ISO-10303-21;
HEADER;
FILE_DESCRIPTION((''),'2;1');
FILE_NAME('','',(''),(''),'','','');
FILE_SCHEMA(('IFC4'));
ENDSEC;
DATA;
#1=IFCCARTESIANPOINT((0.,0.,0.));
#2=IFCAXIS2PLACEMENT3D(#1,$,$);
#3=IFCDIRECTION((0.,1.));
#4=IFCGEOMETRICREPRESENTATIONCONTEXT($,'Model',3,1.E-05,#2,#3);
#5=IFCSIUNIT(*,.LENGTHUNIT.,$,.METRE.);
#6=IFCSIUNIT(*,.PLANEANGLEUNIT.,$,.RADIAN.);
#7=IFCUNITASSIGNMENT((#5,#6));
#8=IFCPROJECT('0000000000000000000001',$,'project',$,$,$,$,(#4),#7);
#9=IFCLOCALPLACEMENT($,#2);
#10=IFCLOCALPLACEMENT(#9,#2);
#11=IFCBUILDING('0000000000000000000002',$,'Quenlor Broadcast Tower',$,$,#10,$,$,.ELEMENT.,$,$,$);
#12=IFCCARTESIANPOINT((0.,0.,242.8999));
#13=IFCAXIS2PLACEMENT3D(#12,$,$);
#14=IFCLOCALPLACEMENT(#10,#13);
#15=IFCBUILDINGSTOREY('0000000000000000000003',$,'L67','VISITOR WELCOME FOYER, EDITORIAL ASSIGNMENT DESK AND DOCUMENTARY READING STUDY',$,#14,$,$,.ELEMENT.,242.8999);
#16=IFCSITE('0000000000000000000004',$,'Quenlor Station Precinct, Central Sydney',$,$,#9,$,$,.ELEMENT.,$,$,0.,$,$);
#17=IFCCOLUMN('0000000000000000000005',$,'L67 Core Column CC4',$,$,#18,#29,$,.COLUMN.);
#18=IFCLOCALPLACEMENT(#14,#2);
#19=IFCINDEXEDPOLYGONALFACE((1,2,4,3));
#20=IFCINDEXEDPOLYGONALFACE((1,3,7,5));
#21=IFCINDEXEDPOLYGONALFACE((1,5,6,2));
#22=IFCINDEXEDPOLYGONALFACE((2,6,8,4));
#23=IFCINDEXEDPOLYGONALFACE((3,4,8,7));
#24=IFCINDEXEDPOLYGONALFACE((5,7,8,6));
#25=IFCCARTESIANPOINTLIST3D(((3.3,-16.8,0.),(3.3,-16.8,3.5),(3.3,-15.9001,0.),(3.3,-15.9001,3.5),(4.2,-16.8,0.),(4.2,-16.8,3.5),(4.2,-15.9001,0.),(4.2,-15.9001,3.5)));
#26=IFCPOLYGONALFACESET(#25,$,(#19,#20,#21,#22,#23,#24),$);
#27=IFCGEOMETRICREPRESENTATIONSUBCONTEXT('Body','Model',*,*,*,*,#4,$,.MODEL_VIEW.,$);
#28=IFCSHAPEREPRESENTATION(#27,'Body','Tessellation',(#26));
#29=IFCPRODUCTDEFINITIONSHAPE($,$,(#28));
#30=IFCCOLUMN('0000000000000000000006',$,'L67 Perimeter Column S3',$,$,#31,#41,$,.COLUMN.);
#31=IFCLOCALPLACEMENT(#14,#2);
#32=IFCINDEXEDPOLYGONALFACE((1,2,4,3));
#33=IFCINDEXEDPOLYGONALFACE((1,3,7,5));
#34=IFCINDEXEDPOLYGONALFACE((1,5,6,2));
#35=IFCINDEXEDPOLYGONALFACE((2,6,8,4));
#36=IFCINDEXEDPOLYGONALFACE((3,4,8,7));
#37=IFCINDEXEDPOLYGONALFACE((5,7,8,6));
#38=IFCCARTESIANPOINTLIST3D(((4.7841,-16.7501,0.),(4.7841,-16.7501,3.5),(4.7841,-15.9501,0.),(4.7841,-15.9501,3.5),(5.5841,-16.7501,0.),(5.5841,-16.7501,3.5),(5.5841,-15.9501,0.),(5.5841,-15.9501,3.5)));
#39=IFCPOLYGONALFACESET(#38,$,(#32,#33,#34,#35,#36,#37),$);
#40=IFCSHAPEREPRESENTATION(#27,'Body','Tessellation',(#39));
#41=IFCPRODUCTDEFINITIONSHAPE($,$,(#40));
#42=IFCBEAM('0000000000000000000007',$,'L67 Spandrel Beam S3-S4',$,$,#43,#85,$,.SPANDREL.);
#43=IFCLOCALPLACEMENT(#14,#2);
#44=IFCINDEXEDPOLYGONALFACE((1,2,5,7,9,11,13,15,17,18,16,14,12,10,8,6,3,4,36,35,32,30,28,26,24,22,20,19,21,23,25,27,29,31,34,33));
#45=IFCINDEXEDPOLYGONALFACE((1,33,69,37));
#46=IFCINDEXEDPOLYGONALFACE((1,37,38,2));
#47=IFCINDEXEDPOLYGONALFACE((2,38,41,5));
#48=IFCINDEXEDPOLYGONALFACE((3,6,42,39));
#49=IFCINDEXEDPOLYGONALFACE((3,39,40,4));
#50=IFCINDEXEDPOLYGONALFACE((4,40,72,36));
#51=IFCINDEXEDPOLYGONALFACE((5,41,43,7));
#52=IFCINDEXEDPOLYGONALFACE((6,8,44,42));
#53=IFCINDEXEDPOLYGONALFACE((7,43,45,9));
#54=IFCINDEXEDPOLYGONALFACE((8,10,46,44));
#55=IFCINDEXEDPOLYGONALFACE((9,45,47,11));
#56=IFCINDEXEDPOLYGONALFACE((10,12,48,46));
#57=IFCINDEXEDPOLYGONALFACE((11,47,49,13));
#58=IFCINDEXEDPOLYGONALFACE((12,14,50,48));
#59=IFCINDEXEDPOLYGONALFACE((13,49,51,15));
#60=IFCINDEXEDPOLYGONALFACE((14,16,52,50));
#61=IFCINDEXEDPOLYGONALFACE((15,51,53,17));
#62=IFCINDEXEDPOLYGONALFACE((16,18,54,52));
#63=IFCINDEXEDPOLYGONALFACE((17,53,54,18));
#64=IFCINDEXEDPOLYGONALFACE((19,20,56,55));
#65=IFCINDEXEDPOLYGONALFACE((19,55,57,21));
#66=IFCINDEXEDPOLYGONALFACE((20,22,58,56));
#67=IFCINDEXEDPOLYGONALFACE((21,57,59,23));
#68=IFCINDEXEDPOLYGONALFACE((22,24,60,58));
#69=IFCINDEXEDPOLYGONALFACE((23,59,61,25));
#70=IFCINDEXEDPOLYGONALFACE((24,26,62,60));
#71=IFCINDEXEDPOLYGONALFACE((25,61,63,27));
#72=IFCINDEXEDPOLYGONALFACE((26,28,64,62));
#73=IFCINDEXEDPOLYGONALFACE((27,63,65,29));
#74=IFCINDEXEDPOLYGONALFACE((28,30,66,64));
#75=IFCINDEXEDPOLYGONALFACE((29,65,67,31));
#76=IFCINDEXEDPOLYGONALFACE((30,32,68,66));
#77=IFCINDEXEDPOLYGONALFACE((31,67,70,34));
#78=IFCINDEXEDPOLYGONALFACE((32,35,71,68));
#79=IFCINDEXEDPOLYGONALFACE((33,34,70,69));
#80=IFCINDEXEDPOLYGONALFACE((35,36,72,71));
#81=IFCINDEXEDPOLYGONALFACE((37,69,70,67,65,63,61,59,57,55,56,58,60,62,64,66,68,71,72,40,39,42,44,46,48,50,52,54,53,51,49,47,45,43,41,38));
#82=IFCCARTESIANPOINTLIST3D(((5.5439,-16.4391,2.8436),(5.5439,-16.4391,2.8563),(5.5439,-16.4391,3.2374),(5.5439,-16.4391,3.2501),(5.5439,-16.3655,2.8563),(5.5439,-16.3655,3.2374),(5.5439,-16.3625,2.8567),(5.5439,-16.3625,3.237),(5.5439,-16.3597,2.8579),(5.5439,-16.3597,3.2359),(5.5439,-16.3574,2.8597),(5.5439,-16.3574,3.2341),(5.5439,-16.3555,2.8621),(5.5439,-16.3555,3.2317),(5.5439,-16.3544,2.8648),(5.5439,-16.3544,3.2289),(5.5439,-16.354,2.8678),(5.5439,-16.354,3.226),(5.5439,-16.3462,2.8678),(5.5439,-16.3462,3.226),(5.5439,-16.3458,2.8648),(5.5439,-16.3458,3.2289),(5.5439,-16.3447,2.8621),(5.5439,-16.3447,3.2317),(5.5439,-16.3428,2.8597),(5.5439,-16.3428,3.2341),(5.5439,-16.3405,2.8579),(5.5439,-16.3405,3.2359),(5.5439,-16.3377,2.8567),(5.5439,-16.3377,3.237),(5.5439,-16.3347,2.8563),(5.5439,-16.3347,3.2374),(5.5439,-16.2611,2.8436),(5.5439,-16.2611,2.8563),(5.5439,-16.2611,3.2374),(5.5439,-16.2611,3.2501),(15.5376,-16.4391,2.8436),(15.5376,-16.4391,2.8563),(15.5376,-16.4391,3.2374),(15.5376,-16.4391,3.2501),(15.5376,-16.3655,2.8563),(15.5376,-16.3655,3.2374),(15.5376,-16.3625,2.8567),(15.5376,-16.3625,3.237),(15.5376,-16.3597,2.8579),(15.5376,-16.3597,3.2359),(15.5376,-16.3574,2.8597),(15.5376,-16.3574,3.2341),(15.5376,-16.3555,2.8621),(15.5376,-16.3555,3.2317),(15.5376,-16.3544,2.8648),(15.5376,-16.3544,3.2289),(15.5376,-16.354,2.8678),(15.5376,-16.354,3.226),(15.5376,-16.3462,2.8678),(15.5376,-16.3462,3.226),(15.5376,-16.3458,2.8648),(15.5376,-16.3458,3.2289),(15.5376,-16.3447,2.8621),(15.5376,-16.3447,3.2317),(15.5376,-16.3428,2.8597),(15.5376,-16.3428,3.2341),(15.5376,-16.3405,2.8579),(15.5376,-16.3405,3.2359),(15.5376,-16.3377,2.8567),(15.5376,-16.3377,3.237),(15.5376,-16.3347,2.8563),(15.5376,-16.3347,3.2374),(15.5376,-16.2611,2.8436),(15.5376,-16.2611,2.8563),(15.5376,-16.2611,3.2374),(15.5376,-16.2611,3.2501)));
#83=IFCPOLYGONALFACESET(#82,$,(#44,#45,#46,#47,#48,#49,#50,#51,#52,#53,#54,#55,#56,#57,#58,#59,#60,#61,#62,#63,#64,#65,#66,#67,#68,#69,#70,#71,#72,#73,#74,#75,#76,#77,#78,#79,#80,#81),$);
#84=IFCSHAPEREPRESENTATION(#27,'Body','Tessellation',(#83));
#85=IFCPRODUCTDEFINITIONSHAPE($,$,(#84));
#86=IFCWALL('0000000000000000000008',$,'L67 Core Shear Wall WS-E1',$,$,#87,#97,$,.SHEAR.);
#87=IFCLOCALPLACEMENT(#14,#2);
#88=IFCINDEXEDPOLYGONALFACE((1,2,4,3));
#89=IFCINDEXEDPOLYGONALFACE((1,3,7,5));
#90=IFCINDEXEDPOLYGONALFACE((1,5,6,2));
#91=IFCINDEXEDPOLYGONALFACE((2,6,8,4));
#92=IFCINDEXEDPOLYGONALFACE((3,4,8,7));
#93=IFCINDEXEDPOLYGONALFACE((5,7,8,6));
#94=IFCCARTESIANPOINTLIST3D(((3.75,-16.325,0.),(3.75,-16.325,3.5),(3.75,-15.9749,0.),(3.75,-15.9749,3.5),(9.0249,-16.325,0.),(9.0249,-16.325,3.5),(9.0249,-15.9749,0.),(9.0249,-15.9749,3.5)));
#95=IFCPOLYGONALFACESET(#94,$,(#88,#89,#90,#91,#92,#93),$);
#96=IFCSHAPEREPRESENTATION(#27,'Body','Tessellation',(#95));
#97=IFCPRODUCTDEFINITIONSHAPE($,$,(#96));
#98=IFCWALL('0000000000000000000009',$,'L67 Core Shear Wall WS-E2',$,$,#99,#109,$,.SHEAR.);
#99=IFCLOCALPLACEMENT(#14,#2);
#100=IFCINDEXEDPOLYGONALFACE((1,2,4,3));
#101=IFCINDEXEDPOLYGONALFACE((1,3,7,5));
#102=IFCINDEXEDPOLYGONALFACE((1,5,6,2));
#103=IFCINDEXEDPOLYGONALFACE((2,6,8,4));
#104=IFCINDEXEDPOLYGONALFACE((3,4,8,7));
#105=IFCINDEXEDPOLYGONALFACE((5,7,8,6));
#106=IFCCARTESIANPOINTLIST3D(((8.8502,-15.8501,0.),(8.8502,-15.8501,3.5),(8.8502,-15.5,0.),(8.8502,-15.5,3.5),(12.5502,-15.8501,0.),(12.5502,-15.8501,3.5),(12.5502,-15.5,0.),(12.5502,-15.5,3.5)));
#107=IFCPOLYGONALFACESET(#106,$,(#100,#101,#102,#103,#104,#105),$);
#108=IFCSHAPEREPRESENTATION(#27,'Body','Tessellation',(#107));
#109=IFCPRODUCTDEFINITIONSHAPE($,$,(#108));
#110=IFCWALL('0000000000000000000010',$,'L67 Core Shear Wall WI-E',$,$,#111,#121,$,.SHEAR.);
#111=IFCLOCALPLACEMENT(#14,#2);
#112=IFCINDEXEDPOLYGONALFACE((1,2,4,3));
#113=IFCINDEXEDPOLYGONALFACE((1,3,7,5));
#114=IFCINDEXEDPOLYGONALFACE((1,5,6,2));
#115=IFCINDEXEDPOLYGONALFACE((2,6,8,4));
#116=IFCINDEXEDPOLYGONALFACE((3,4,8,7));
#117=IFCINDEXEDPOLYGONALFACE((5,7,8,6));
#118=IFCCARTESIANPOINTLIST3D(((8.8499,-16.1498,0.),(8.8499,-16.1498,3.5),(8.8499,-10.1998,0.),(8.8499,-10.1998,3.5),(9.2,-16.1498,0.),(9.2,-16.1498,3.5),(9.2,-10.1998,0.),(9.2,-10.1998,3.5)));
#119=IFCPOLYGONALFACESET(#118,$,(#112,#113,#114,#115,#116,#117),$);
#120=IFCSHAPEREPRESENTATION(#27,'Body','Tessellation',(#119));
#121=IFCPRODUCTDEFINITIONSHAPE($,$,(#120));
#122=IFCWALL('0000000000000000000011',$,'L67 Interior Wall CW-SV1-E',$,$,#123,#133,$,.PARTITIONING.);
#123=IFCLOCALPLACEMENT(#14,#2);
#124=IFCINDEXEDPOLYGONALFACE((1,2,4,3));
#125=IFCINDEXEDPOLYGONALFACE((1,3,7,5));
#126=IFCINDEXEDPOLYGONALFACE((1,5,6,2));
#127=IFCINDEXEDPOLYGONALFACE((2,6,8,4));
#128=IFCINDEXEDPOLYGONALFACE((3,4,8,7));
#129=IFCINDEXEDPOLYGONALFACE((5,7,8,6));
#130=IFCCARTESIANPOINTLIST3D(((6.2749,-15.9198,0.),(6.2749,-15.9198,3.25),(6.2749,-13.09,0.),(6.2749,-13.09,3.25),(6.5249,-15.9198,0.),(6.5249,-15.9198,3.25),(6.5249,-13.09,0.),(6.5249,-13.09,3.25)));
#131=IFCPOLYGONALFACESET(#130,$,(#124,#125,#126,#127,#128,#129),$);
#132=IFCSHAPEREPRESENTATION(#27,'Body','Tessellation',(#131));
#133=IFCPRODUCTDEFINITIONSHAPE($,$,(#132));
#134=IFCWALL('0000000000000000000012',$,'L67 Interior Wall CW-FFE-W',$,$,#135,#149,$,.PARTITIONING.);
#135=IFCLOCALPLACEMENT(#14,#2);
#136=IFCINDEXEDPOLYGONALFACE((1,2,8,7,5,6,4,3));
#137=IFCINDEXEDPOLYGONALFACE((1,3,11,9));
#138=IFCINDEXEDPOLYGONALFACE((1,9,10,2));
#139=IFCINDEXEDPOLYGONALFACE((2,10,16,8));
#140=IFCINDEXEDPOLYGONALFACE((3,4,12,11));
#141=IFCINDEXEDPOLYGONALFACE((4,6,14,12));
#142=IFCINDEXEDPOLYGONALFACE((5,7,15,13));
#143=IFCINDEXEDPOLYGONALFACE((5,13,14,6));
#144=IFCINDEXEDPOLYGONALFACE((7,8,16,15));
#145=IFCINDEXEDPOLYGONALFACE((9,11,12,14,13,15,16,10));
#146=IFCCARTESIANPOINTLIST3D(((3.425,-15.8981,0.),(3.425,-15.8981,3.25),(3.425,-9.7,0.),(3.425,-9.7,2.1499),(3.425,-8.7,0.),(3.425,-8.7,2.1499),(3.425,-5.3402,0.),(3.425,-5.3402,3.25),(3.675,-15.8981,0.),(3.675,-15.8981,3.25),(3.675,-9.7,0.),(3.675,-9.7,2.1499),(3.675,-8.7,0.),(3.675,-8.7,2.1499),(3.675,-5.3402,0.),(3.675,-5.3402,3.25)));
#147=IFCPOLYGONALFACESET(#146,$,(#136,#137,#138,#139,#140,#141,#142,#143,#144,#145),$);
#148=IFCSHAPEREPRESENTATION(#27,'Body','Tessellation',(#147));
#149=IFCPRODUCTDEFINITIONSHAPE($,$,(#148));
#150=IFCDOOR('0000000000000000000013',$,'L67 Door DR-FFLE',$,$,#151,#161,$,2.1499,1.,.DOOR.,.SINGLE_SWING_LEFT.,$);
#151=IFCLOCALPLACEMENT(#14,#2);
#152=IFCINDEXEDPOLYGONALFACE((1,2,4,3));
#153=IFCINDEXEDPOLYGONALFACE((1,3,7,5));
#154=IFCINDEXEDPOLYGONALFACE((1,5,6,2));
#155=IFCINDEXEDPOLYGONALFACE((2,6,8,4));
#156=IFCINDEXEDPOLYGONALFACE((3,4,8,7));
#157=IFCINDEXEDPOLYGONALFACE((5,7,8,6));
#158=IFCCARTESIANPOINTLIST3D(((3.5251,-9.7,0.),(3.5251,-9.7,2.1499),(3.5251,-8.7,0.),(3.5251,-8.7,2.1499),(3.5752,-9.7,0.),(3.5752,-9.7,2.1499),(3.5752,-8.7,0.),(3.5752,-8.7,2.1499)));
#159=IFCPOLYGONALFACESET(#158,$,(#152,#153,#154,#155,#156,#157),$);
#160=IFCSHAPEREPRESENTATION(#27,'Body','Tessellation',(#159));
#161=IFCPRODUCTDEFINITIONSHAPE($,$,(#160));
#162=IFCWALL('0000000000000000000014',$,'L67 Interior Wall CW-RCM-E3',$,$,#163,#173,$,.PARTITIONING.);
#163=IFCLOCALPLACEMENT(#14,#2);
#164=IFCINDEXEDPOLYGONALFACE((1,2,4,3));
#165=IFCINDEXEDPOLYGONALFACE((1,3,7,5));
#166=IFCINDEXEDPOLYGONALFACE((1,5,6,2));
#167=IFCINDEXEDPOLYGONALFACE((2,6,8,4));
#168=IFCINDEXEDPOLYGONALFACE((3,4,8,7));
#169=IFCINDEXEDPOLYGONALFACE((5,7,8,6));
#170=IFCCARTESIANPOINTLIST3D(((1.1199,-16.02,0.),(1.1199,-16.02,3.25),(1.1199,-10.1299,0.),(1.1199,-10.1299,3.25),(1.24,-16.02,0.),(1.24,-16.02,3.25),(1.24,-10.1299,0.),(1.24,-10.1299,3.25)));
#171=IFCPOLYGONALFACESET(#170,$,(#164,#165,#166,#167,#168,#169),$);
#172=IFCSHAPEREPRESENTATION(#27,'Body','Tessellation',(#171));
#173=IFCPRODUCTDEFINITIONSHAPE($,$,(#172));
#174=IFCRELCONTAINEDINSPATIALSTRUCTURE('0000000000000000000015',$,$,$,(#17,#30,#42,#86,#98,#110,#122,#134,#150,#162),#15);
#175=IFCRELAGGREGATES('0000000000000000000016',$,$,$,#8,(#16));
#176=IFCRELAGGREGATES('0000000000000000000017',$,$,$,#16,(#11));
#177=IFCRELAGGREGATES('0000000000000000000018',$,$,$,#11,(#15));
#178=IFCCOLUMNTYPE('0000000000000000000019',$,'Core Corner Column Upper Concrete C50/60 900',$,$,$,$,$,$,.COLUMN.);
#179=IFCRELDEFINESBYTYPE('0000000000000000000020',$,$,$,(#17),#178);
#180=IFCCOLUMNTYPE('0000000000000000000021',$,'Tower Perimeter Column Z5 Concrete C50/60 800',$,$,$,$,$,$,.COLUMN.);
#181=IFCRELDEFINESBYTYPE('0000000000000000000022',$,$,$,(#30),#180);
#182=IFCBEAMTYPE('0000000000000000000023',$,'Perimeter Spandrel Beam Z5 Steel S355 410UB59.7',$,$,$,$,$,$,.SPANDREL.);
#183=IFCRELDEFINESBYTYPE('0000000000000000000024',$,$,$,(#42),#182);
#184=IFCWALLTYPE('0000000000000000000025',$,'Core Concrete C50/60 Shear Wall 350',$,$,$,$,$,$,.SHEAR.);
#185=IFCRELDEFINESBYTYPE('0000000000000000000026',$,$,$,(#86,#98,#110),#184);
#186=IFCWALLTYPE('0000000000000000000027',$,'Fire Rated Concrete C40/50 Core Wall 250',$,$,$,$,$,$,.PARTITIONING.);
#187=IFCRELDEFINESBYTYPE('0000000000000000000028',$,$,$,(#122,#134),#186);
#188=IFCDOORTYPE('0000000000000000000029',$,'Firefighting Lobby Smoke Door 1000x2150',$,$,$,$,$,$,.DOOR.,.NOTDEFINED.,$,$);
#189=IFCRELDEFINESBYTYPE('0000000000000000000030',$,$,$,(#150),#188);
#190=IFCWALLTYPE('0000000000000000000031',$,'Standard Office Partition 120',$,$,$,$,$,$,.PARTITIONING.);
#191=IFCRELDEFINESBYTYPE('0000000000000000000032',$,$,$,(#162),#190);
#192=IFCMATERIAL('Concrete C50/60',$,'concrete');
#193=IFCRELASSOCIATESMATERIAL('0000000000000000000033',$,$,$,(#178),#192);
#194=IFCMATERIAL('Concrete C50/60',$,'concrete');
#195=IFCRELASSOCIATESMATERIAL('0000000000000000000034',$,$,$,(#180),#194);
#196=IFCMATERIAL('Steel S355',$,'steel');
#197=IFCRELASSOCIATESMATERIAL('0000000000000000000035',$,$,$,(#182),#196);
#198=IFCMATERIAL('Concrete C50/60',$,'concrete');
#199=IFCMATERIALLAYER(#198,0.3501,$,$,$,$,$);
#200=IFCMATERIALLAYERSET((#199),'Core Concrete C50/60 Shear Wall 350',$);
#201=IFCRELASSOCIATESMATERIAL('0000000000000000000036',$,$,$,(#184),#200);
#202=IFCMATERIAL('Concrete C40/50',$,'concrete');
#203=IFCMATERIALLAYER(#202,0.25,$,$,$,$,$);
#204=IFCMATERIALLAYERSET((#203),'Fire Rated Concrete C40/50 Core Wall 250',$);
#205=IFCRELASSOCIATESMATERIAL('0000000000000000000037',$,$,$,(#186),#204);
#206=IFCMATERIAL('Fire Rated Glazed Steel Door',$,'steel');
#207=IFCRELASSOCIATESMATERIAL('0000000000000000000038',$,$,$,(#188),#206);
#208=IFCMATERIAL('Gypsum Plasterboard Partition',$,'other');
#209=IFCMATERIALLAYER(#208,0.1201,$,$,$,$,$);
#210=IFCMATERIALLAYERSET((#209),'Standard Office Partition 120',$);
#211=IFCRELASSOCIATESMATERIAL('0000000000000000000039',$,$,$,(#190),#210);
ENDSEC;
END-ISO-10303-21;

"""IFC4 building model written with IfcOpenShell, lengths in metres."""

from ifc_helpers import new_model, si_unit, direction, frame, frame_2d, origin, origin_2d, place, context, subcontext, project, spatial, rectangle, i_section, extrude, material, layer, layer_set, material_profile, profile_set, type_object, element, fill, save


model = new_model("IFC4")

# Units and contexts
model_context = context("Model", 3, precision=1e-05, world=origin(), true_north=direction((0.0, 1.0)))
body_context = subcontext(model_context, "Body", "Model", "MODEL_VIEW")
ifc_project = project(units=[si_unit("LENGTHUNIT", "METRE"), si_unit("PLANEANGLEUNIT", "RADIAN")], contexts=[model_context])

# Site, building, storey
site_placement = place(None, origin())
site = spatial("IfcSite", under=ifc_project, at=site_placement, Name="Quenlor Station Precinct, Central Sydney", CompositionType="ELEMENT", RefElevation=0.0)
building_placement = place(site_placement, origin())
building = spatial("IfcBuilding", under=site, at=building_placement, Name="Quenlor Broadcast Tower", CompositionType="ELEMENT")
storey_placement = place(building_placement, frame((0.0, 0.0, 242.8999)))
storey = spatial("IfcBuildingStorey", under=building, at=storey_placement, Name="L67", Description="VISITOR WELCOME FOYER, EDITORIAL ASSIGNMENT DESK AND DOCUMENTARY READING STUDY", CompositionType="ELEMENT", Elevation=242.8999)

# Columns
ifc_material_1 = material(Name="Concrete C50/60", Category="concrete")
ifc_material_profile_1 = material_profile(ifc_material_1, rectangle(XDim=0.8999, YDim=0.8999, at=origin_2d()))
ifc_profile_set_1 = profile_set([ifc_material_profile_1], Name="Concrete C50/60 RC900x900")
column_type_1 = type_object("IfcColumnType", Name="Core Corner Column Upper Concrete C50/60 900", PredefinedType="COLUMN", material=ifc_profile_set_1)
column_1_placement = place(storey_placement, frame((3.75, -16.3501, 0.0), z_axis=(0.0, 0.0, 1.0), x_axis=(1.0, 0.0, 0.0)))
element("IfcColumn", 1, at=column_1_placement, inside=storey, type_object=column_type_1, Name="L67 Core Column CC4", PredefinedType="COLUMN", context=body_context, shape_type="SweptSolid", body=[
    extrude(rectangle(XDim=0.8999, YDim=0.8999, at=origin_2d()), origin(), (0.0, 0.0, 1.0), 3.5),
])
ifc_material_2 = material(Name="Concrete C50/60", Category="concrete")
ifc_material_profile_2 = material_profile(ifc_material_2, rectangle(XDim=0.8, YDim=0.8, at=origin_2d()))
ifc_profile_set_2 = profile_set([ifc_material_profile_2], Name="Concrete C50/60 RC800x800")
column_type_2 = type_object("IfcColumnType", Name="Tower Perimeter Column Z5 Concrete C50/60 800", PredefinedType="COLUMN", material=ifc_profile_set_2)
column_2_placement = place(storey_placement, frame((5.1841, -16.3501, 0.0), z_axis=(0.0, 0.0, 1.0), x_axis=(0.0, 1.0, 0.0)))
element("IfcColumn", 2, at=column_2_placement, inside=storey, type_object=column_type_2, Name="L67 Perimeter Column S3", PredefinedType="COLUMN", context=body_context, shape_type="SweptSolid", body=[
    extrude(rectangle(XDim=0.8, YDim=0.8, at=origin_2d()), origin(), (0.0, 0.0, 1.0), 3.5),
])

# Beam
ifc_material_3 = material(Name="Steel S355", Category="steel")
ifc_material_profile_3 = material_profile(ifc_material_3, i_section(OverallWidth=0.178, OverallDepth=0.4065, WebThickness=0.0078, FlangeThickness=0.0127, FilletRadius=0.0115, at=origin_2d()))
ifc_profile_set_3 = profile_set([ifc_material_profile_3], Name="Steel S355 410UB59.7")
beam_type = type_object("IfcBeamType", Name="Perimeter Spandrel Beam Z5 Steel S355 410UB59.7", PredefinedType="SPANDREL", material=ifc_profile_set_3)
beam_placement = place(storey_placement, frame((5.5439, -16.3501, 3.0469), z_axis=(1.0, 0.0, 0.0), x_axis=(0.0, 1.0, 0.0)))
element("IfcBeam", 3, at=beam_placement, inside=storey, type_object=beam_type, Name="L67 Spandrel Beam S3-S4", PredefinedType="SPANDREL", context=body_context, shape_type="SweptSolid", body=[
    extrude(i_section(OverallWidth=0.178, OverallDepth=0.4065, WebThickness=0.0078, FlangeThickness=0.0127, FilletRadius=0.0115, at=origin_2d()), origin(), (0.0, 0.0, 1.0), 9.9937),
])

# Walls
ifc_material_4 = material(Name="Concrete C50/60", Category="concrete")
ifc_layer_1 = layer(ifc_material_4, 0.3501)
ifc_layer_set_1 = layer_set([ifc_layer_1], Name="Core Concrete C50/60 Shear Wall 350")
wall_type_1 = type_object("IfcWallType", Name="Core Concrete C50/60 Shear Wall 350", PredefinedType="SHEAR", material=ifc_layer_set_1)
wall_1_placement = place(storey_placement, frame((3.75, -16.1499, 0.0), z_axis=(0.0, 0.0, 1.0), x_axis=(1.0, 0.0, 0.0)))
element("IfcWall", 4, at=wall_1_placement, inside=storey, type_object=wall_type_1, Name="L67 Core Shear Wall WS-E1", PredefinedType="SHEAR", context=body_context, shape_type="SweptSolid", body=[
    extrude(rectangle(XDim=5.2749, YDim=0.3501, at=frame_2d((2.6375, 0.0))), origin(), (0.0, 0.0, 1.0), 3.5),
])
wall_2_placement = place(storey_placement, frame((8.8501, -15.675, 0.0), z_axis=(0.0, 0.0, 1.0), x_axis=(1.0, 0.0, 0.0)))
element("IfcWall", 5, at=wall_2_placement, inside=storey, type_object=wall_type_1, Name="L67 Core Shear Wall WS-E2", PredefinedType="SHEAR", context=body_context, shape_type="SweptSolid", body=[
    extrude(rectangle(XDim=3.7, YDim=0.3501, at=frame_2d((1.8501, 0.0))), origin(), (0.0, 0.0, 1.0), 3.5),
])
wall_3_placement = place(storey_placement, frame((9.0249, -16.1499, 0.0), z_axis=(0.0, 0.0, 1.0), x_axis=(0.0, 1.0, 0.0)))
element("IfcWall", 6, at=wall_3_placement, inside=storey, type_object=wall_type_1, Name="L67 Core Shear Wall WI-E", PredefinedType="SHEAR", context=body_context, shape_type="SweptSolid", body=[
    extrude(rectangle(XDim=5.95, YDim=0.3501, at=frame_2d((2.9751, 0.0))), origin(), (0.0, 0.0, 1.0), 3.5),
])

# Shared definitions
ifc_material_5 = material(Name="Concrete C40/50", Category="concrete")
ifc_layer_2 = layer(ifc_material_5, 0.25)
ifc_layer_set_2 = layer_set([ifc_layer_2], Name="Fire Rated Concrete C40/50 Core Wall 250")
wall_type_2 = type_object("IfcWallType", Name="Fire Rated Concrete C40/50 Core Wall 250", PredefinedType="PARTITIONING", material=ifc_layer_set_2)

# Wall
wall_4_placement = place(storey_placement, frame((6.3999, -15.9199, 0.0), z_axis=(0.0, 0.0, 1.0), x_axis=(0.0, 1.0, 0.0)))
element("IfcWall", 7, at=wall_4_placement, inside=storey, type_object=wall_type_2, Name="L67 Interior Wall CW-SV1-E", PredefinedType="PARTITIONING", context=body_context, shape_type="SweptSolid", body=[
    extrude(rectangle(XDim=2.8298, YDim=0.25, at=frame_2d((1.415, 0.0))), origin(), (0.0, 0.0, 1.0), 3.25),
])

# Wall, opening, door
wall_5_placement = place(storey_placement, frame((3.55, -15.8979, 0.0), z_axis=(0.0, 0.0, 1.0), x_axis=(0.0, 1.0, 0.0)))
wall_5 = element("IfcWall", 8, at=wall_5_placement, inside=storey, type_object=wall_type_2, Name="L67 Interior Wall CW-FFE-W", PredefinedType="PARTITIONING", context=body_context, shape_type="SweptSolid", body=[
    extrude(rectangle(XDim=10.5579, YDim=0.25, at=frame_2d((5.2788, 0.0))), origin(), (0.0, 0.0, 1.0), 3.25),
])
opening_1_placement = place(wall_5_placement, frame((6.198, 0.0, 0.0)))
opening_1 = element("IfcOpeningElement", 9, at=opening_1_placement, cuts=wall_5, PredefinedType="OPENING", context=body_context, shape_type="SweptSolid", body=[
    extrude(rectangle(XDim=1.0, YDim=2.1499, at=frame_2d((0.5, 1.075))), frame((0.0, 0.135, 0.0), z_axis=(0.0, -1.0, 0.0), x_axis=(1.0, 0.0, 0.0)), (0.0, 0.0, 1.0), 0.27),
])
ifc_material_6 = material(Name="Fire Rated Glazed Steel Door", Category="steel")
door_type_1 = type_object("IfcDoorType", Name="Firefighting Lobby Smoke Door 1000x2150", OperationType="NOTDEFINED", PredefinedType="DOOR", material=ifc_material_6)
door_1_placement = place(opening_1_placement, origin())
door_1 = element("IfcDoor", 10, at=door_1_placement, inside=storey, type_object=door_type_1, Name="L67 Door DR-FFLE", OperationType="SINGLE_SWING_LEFT", OverallHeight=2.1499, OverallWidth=1.0, PredefinedType="DOOR", context=body_context, shape_type="SweptSolid", body=[
    extrude(rectangle(XDim=1.0, YDim=2.1499, at=frame_2d((0.5, 1.075))), frame((0.0, 0.0249, 0.0), z_axis=(0.0, -1.0, 0.0), x_axis=(1.0, 0.0, 0.0)), (0.0, 0.0, 1.0), 0.05),
])
fill(opening_1, door_1)

# Wall
ifc_material_7 = material(Name="Gypsum Plasterboard Partition", Category="other")
ifc_layer_3 = layer(ifc_material_7, 0.1201)
ifc_layer_set_3 = layer_set([ifc_layer_3], Name="Standard Office Partition 120")
wall_type_3 = type_object("IfcWallType", Name="Standard Office Partition 120", PredefinedType="PARTITIONING", material=ifc_layer_set_3)
wall_6_placement = place(storey_placement, frame((1.1799, -16.02, 0.0), z_axis=(0.0, 0.0, 1.0), x_axis=(0.0, 1.0, 0.0)))
element("IfcWall", 11, at=wall_6_placement, inside=storey, type_object=wall_type_3, Name="L67 Interior Wall CW-RCM-E3", PredefinedType="PARTITIONING", context=body_context, shape_type="SweptSolid", body=[
    extrude(rectangle(XDim=5.8901, YDim=0.1201, at=frame_2d((2.9451, 0.0))), origin(), (0.0, 0.0, 1.0), 3.25),
])

save(model, "model.ifc")
